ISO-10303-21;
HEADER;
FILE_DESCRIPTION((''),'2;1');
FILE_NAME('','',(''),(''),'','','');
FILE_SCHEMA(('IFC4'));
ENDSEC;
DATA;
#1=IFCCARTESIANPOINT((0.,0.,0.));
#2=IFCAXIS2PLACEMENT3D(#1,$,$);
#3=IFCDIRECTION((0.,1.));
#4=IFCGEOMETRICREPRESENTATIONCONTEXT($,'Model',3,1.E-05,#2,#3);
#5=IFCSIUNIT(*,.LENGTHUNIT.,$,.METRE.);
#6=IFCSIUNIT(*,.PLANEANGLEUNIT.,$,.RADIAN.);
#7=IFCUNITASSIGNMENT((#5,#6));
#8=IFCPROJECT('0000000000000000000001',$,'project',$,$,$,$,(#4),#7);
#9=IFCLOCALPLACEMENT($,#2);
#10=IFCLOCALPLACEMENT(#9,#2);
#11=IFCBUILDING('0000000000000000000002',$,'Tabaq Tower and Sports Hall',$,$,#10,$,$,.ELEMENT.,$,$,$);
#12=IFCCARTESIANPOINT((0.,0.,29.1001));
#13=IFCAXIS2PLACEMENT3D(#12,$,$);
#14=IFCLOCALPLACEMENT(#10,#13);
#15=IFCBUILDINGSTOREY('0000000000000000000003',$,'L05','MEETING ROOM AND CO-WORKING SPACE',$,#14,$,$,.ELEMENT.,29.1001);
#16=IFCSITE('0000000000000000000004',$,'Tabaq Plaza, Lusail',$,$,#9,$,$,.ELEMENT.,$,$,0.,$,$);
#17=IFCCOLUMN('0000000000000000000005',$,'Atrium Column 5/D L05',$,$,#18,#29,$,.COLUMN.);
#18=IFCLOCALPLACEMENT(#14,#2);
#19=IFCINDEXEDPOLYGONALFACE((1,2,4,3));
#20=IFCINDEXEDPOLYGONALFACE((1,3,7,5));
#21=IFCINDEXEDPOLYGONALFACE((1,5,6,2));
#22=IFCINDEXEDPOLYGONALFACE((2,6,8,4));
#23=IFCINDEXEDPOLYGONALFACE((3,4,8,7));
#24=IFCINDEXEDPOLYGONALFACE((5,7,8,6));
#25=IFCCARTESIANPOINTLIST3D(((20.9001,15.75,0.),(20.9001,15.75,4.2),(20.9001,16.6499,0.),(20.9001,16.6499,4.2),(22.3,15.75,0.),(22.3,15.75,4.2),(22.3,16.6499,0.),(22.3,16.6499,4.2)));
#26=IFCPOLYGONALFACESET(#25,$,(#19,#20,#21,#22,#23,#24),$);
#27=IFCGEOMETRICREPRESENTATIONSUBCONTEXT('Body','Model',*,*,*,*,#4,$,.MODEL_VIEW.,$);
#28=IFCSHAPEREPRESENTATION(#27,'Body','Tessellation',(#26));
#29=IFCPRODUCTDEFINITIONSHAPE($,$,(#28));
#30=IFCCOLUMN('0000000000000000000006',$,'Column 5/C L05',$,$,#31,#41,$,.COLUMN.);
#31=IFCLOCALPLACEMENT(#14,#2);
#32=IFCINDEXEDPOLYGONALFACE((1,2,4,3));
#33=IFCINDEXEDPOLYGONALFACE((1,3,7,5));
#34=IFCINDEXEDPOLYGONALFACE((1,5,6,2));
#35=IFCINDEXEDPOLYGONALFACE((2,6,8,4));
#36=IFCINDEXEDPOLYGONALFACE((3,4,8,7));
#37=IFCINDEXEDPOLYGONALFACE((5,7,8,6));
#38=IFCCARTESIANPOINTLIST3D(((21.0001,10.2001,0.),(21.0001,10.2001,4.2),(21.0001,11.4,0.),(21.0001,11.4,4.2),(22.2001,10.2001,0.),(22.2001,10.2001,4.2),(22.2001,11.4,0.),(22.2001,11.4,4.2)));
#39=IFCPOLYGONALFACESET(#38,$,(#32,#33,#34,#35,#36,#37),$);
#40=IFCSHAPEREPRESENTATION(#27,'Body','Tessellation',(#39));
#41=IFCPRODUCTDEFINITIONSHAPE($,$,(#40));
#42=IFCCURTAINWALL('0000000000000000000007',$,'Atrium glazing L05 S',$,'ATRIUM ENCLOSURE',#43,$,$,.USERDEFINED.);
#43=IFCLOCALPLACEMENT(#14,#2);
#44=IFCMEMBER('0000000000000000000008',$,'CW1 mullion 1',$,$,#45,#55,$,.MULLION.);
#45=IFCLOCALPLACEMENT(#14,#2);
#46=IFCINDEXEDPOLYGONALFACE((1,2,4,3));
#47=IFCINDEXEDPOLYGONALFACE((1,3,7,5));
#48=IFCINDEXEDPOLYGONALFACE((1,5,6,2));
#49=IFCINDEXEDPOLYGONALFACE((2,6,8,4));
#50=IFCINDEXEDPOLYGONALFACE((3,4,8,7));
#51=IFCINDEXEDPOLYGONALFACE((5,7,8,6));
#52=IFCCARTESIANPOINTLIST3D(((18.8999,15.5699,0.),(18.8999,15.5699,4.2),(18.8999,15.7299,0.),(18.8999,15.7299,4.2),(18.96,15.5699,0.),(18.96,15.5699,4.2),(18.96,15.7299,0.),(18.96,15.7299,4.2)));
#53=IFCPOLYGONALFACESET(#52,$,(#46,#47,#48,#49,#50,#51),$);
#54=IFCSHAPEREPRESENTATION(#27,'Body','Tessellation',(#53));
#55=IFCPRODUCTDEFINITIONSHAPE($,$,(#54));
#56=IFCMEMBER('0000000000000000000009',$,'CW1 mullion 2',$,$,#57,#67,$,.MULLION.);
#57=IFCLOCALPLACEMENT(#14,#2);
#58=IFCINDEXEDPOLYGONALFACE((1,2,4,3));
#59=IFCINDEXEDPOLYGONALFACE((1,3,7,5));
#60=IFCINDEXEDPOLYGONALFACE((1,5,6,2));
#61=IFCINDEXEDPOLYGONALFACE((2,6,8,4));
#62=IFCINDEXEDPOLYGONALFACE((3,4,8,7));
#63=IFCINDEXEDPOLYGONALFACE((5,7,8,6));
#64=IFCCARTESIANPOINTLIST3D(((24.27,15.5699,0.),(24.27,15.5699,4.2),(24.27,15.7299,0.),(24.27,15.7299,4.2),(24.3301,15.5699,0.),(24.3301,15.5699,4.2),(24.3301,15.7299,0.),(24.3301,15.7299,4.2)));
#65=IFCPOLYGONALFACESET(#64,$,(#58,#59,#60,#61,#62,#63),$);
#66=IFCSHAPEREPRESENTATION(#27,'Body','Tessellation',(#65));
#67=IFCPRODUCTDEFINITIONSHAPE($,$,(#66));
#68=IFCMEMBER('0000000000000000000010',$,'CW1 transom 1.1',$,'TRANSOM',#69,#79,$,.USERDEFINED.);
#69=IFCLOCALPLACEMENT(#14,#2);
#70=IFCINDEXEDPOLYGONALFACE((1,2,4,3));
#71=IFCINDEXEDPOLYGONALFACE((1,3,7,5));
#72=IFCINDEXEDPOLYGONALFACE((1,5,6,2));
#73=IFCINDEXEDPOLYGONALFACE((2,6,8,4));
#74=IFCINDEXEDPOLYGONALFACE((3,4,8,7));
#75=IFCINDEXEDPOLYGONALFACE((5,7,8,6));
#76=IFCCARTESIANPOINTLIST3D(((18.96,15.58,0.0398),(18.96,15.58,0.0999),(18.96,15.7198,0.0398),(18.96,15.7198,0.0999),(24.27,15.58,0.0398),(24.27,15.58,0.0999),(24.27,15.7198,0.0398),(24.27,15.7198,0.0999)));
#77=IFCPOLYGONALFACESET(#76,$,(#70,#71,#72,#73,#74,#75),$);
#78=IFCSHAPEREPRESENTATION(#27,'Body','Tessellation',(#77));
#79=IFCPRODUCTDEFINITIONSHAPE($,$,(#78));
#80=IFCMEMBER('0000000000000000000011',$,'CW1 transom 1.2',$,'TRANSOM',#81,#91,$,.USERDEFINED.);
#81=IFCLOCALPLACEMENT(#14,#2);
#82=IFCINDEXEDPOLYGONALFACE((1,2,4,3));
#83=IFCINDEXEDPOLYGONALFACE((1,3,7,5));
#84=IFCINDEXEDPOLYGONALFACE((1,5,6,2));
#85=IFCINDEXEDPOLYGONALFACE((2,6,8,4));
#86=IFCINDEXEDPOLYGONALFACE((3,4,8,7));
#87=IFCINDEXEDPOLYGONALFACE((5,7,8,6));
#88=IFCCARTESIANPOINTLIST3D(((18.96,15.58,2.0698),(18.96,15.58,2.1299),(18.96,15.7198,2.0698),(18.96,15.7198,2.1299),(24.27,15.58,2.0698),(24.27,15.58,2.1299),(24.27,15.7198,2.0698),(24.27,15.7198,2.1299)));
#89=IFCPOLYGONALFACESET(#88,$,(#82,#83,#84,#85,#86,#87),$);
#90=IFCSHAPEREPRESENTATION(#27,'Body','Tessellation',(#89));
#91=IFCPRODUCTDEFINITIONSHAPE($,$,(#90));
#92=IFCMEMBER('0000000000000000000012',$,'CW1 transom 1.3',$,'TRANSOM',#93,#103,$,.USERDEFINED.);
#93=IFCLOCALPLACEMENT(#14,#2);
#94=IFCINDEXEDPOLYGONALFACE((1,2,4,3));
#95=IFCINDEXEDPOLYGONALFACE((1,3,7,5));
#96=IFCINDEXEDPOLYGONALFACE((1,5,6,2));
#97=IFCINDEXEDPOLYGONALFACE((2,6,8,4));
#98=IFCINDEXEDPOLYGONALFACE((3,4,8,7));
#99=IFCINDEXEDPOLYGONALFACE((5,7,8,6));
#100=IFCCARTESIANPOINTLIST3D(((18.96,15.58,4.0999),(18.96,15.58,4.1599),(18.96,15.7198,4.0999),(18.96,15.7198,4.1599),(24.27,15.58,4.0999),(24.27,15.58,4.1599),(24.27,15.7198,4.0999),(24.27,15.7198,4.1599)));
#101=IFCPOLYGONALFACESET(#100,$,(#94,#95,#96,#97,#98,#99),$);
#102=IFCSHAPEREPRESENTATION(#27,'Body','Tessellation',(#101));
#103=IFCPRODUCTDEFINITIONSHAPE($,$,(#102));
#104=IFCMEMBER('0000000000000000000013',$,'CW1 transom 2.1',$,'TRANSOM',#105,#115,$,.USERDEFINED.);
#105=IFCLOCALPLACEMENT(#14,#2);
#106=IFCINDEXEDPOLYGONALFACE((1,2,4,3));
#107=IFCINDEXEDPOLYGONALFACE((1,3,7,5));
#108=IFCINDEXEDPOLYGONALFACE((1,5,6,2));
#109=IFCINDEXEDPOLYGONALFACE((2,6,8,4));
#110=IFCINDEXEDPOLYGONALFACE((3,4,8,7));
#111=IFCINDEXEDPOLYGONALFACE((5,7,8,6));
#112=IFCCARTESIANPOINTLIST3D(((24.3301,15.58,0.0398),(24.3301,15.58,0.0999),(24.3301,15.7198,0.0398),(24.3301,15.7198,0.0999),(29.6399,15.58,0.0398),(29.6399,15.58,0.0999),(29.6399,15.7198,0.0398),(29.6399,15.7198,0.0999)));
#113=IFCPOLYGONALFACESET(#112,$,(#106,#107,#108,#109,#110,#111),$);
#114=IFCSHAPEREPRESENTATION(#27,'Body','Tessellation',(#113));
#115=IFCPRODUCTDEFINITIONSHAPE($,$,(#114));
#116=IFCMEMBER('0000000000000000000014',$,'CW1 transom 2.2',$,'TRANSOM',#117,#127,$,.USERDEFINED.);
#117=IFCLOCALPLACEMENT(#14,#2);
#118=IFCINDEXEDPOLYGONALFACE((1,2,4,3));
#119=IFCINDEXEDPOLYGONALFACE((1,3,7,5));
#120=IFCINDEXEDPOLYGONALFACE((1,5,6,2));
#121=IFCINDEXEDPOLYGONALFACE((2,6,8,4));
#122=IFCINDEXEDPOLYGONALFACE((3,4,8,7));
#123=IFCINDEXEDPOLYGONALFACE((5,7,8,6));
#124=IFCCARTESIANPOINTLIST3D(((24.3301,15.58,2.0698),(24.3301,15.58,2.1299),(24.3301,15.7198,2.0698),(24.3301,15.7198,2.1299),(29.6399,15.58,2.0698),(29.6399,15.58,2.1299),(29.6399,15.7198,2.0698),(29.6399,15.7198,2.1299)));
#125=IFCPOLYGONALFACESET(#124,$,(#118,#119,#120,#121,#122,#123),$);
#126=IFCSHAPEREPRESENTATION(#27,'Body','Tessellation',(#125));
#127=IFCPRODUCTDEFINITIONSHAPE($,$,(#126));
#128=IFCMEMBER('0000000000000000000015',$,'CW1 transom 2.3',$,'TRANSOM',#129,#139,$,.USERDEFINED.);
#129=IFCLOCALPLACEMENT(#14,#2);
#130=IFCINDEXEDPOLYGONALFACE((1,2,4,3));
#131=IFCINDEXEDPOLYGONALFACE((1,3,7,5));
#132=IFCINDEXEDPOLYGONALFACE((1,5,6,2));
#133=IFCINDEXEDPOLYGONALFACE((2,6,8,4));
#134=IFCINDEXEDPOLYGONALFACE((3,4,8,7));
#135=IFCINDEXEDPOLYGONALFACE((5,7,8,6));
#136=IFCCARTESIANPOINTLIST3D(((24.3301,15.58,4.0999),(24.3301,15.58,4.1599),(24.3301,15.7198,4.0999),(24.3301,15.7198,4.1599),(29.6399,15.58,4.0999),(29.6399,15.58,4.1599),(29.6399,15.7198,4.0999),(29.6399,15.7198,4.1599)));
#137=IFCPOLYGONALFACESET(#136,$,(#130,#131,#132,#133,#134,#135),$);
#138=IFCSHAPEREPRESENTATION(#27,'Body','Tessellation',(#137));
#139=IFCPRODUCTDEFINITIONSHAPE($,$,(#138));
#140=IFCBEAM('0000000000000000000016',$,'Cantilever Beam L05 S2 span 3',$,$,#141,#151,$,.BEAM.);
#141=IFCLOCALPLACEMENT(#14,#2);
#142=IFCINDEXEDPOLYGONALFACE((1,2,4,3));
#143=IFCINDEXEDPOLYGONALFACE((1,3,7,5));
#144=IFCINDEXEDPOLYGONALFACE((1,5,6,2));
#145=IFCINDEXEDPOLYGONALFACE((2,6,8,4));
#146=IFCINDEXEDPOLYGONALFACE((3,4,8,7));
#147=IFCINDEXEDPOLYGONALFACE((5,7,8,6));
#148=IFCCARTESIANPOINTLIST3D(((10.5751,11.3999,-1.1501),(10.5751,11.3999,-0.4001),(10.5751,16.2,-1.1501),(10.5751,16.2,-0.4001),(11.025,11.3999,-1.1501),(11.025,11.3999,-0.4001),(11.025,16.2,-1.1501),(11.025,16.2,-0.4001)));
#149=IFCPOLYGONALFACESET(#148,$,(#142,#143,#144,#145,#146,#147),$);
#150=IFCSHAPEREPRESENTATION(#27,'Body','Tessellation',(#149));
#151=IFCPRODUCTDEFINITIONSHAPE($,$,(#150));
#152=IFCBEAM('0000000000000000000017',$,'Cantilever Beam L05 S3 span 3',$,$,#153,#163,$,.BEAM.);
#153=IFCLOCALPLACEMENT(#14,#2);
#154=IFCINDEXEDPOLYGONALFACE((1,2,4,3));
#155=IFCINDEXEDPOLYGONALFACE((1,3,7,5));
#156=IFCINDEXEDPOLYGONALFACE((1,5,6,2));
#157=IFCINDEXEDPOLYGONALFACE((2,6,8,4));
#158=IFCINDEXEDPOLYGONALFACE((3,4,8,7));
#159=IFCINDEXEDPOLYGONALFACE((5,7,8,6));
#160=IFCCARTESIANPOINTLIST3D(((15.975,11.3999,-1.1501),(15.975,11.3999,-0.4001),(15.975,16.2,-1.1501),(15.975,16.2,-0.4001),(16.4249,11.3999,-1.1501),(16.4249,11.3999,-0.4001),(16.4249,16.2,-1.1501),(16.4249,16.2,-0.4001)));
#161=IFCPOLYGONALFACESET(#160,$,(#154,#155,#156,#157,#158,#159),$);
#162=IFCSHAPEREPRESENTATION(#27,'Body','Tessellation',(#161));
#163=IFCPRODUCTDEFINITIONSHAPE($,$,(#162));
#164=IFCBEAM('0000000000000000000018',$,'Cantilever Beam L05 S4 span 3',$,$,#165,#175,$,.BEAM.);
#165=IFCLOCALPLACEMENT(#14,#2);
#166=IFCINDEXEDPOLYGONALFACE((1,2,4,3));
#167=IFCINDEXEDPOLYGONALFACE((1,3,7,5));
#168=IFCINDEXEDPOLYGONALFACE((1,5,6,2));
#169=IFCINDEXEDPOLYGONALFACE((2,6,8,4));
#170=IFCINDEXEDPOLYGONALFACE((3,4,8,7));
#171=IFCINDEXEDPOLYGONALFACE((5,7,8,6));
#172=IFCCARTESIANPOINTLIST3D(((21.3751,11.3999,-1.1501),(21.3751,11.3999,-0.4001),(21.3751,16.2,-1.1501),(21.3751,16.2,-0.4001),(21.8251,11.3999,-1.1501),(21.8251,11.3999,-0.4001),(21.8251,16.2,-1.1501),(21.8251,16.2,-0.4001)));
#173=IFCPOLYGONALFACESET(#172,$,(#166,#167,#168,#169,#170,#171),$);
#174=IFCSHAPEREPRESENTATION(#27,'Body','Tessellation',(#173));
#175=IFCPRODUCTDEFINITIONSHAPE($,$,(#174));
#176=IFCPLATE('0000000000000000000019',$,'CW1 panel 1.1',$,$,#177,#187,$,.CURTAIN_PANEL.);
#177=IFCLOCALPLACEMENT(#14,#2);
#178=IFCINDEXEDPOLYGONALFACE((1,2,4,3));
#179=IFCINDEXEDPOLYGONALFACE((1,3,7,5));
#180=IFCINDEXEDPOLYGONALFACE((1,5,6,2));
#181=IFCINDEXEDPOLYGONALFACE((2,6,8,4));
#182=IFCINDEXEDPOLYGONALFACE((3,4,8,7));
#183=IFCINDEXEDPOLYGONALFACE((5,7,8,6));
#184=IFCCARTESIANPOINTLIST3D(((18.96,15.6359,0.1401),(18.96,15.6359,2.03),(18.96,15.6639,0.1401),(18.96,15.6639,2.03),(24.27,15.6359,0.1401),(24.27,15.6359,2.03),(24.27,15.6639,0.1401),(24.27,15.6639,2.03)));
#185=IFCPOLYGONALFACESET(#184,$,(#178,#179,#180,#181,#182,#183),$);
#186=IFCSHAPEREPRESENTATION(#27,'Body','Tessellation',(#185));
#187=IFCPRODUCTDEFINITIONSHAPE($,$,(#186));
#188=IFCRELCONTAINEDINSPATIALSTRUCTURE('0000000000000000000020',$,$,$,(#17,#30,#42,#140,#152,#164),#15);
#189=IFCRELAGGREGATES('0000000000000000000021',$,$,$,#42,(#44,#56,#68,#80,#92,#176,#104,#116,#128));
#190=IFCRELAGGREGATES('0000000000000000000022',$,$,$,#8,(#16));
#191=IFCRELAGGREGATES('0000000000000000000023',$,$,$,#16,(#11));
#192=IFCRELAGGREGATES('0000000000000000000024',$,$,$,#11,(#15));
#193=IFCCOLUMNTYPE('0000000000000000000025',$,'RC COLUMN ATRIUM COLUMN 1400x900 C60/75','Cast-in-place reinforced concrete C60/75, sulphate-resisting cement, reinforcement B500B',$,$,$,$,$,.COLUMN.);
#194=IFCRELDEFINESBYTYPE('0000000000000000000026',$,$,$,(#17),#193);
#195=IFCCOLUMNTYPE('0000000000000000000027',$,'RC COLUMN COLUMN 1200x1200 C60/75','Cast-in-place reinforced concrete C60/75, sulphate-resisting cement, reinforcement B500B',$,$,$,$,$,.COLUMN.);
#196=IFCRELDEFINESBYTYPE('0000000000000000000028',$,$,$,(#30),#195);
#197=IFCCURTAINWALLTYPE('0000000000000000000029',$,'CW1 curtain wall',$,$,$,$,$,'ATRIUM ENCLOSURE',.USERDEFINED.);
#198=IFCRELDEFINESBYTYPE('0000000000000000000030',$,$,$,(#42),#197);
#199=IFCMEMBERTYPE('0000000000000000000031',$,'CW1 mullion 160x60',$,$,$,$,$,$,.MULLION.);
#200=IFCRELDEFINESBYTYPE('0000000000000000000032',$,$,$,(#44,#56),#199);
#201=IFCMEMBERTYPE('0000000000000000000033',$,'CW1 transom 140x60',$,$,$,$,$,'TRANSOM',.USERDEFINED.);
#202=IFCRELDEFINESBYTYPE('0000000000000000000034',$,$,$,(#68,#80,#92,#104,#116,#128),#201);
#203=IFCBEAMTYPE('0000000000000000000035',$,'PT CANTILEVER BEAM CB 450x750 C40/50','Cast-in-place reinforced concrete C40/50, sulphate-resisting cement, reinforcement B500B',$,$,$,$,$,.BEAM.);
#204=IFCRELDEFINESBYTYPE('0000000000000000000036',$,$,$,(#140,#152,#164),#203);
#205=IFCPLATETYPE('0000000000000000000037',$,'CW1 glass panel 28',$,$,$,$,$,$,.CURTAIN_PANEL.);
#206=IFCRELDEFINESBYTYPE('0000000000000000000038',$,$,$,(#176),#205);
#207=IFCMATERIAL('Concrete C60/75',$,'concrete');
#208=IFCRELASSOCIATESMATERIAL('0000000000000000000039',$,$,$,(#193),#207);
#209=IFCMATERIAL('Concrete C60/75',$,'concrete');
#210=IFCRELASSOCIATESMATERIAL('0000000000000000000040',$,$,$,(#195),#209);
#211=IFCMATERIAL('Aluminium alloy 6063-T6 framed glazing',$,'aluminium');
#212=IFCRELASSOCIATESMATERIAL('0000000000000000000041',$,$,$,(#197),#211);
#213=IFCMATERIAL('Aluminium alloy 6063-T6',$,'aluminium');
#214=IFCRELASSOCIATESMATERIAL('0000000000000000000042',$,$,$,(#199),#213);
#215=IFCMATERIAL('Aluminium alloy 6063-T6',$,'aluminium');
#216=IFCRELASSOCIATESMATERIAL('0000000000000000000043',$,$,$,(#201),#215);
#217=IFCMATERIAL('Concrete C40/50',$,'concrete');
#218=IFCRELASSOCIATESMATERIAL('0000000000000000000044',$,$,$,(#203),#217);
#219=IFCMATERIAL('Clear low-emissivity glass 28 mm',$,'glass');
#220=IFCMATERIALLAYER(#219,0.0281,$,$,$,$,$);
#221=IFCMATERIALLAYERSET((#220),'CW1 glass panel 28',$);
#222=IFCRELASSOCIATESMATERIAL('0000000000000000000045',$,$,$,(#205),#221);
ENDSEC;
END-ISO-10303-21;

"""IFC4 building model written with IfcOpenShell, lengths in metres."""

from ifc_helpers import new_model, si_unit, direction, frame, origin, origin_2d, place, context, subcontext, project, spatial, rectangle, extrude, material, layer, layer_set, material_profile, profile_set, type_object, element, aggregate, save


model = new_model("IFC4")

# Units and contexts
model_context = context("Model", 3, precision=1e-05, world=origin(), true_north=direction((0.0, 1.0)))
body_context = subcontext(model_context, "Body", "Model", "MODEL_VIEW")
ifc_project = project(units=[si_unit("LENGTHUNIT", "METRE"), si_unit("PLANEANGLEUNIT", "RADIAN")], contexts=[model_context])

# Site, building, storey
site_placement = place(None, origin())
site = spatial("IfcSite", under=ifc_project, at=site_placement, Name="Tabaq Plaza, Lusail", CompositionType="ELEMENT", RefElevation=0.0)
building_placement = place(site_placement, origin())
building = spatial("IfcBuilding", under=site, at=building_placement, Name="Tabaq Tower and Sports Hall", CompositionType="ELEMENT")
storey_placement = place(building_placement, frame((0.0, 0.0, 29.1001)))
storey = spatial("IfcBuildingStorey", under=building, at=storey_placement, Name="L05", Description="MEETING ROOM AND CO-WORKING SPACE", CompositionType="ELEMENT", Elevation=29.1001)

# Columns
ifc_material_1 = material(Name="Concrete C60/75", Category="concrete")
ifc_material_profile_1 = material_profile(ifc_material_1, rectangle(XDim=1.3999, YDim=0.8999, at=origin_2d()), Name="ATRIUM COLUMN 1400x900")
ifc_profile_set_1 = profile_set([ifc_material_profile_1], Name="Concrete C60/75")
column_type_1 = type_object("IfcColumnType", Name="RC COLUMN ATRIUM COLUMN 1400x900 C60/75", Description="Cast-in-place reinforced concrete C60/75, sulphate-resisting cement, reinforcement B500B", PredefinedType="COLUMN", material=ifc_profile_set_1)
column_1_placement = place(storey_placement, frame((21.6001, 16.2, 0.0), z_axis=(0.0, 0.0, 1.0), x_axis=(1.0, 0.0, 0.0)))
element("IfcColumn", 1, at=column_1_placement, inside=storey, type_object=column_type_1, Name="Atrium Column 5/D L05", PredefinedType="COLUMN", context=body_context, shape_type="SweptSolid", body=[
    extrude(rectangle(XDim=1.3999, YDim=0.8999, at=origin_2d()), origin(), (0.0, 0.0, 1.0), 4.2),
])
ifc_material_2 = material(Name="Concrete C60/75", Category="concrete")
ifc_material_profile_2 = material_profile(ifc_material_2, rectangle(XDim=1.2, YDim=1.2, at=origin_2d()), Name="COLUMN 1200x1200")
ifc_profile_set_2 = profile_set([ifc_material_profile_2], Name="Concrete C60/75")
column_type_2 = type_object("IfcColumnType", Name="RC COLUMN COLUMN 1200x1200 C60/75", Description="Cast-in-place reinforced concrete C60/75, sulphate-resisting cement, reinforcement B500B", PredefinedType="COLUMN", material=ifc_profile_set_2)
column_2_placement = place(storey_placement, frame((21.6001, 10.8, 0.0), z_axis=(0.0, 0.0, 1.0), x_axis=(1.0, 0.0, 0.0)))
element("IfcColumn", 2, at=column_2_placement, inside=storey, type_object=column_type_2, Name="Column 5/C L05", PredefinedType="COLUMN", context=body_context, shape_type="SweptSolid", body=[
    extrude(rectangle(XDim=1.2, YDim=1.2, at=origin_2d()), origin(), (0.0, 0.0, 1.0), 4.2),
])

# Curtain wall, members
ifc_material_3 = material(Name="Aluminium alloy 6063-T6 framed glazing", Category="aluminium")
curtain_wall_type = type_object("IfcCurtainWallType", Name="CW1 curtain wall", ElementType="ATRIUM ENCLOSURE", PredefinedType="USERDEFINED", material=ifc_material_3)
curtain_wall_placement = place(storey_placement, origin())
curtain_wall = element("IfcCurtainWall", 3, at=curtain_wall_placement, inside=storey, type_object=curtain_wall_type, Name="Atrium glazing L05 S", ObjectType="ATRIUM ENCLOSURE", PredefinedType="USERDEFINED")
ifc_material_4 = material(Name="Aluminium alloy 6063-T6", Category="aluminium")
ifc_material_profile_3 = material_profile(ifc_material_4, rectangle(XDim=0.1599, YDim=0.0601, at=origin_2d()), Name="MULLION 160x60")
ifc_profile_set_3 = profile_set([ifc_material_profile_3], Name="Aluminium alloy 6063-T6")
member_type_1 = type_object("IfcMemberType", Name="CW1 mullion 160x60", PredefinedType="MULLION", material=ifc_profile_set_3)
member_1_placement = place(storey_placement, frame((18.9299, 15.6499, 0.0), z_axis=(0.0, 0.0, 1.0), x_axis=(0.0, 1.0, 0.0)))
member_1 = element("IfcMember", 4, at=member_1_placement, type_object=member_type_1, Name="CW1 mullion 1", PredefinedType="MULLION", context=body_context, shape_type="SweptSolid", body=[
    extrude(rectangle(XDim=0.1599, YDim=0.0601, at=origin_2d()), origin(), (0.0, 0.0, 1.0), 4.2),
])
member_2_placement = place(storey_placement, frame((24.3, 15.6499, 0.0), z_axis=(0.0, 0.0, 1.0), x_axis=(0.0, 1.0, 0.0)))
member_2 = element("IfcMember", 5, at=member_2_placement, type_object=member_type_1, Name="CW1 mullion 2", PredefinedType="MULLION", context=body_context, shape_type="SweptSolid", body=[
    extrude(rectangle(XDim=0.1599, YDim=0.0601, at=origin_2d()), origin(), (0.0, 0.0, 1.0), 4.2),
])
ifc_material_5 = material(Name="Aluminium alloy 6063-T6", Category="aluminium")
ifc_material_profile_4 = material_profile(ifc_material_5, rectangle(XDim=0.1399, YDim=0.0601, at=origin_2d()), Name="TRANSOM 140x60")
ifc_profile_set_4 = profile_set([ifc_material_profile_4], Name="Aluminium alloy 6063-T6")
member_type_2 = type_object("IfcMemberType", Name="CW1 transom 140x60", ElementType="TRANSOM", PredefinedType="USERDEFINED", material=ifc_profile_set_4)
member_3_placement = place(storey_placement, frame((18.96, 15.6499, 0.0698), z_axis=(1.0, 0.0, 0.0), x_axis=(0.0, 1.0, 0.0)))
member_3 = element("IfcMember", 6, at=member_3_placement, type_object=member_type_2, Name="CW1 transom 1.1", ObjectType="TRANSOM", PredefinedType="USERDEFINED", context=body_context, shape_type="SweptSolid", body=[
    extrude(rectangle(XDim=0.1399, YDim=0.0601, at=origin_2d()), origin(), (0.0, 0.0, 1.0), 5.3101),
])
member_4_placement = place(storey_placement, frame((18.96, 15.6499, 2.0999), z_axis=(1.0, 0.0, 0.0), x_axis=(0.0, 1.0, 0.0)))
member_4 = element("IfcMember", 7, at=member_4_placement, type_object=member_type_2, Name="CW1 transom 1.2", ObjectType="TRANSOM", PredefinedType="USERDEFINED", context=body_context, shape_type="SweptSolid", body=[
    extrude(rectangle(XDim=0.1399, YDim=0.0601, at=origin_2d()), origin(), (0.0, 0.0, 1.0), 5.3101),
])
member_5_placement = place(storey_placement, frame((18.96, 15.6499, 4.1299), z_axis=(1.0, 0.0, 0.0), x_axis=(0.0, 1.0, 0.0)))
member_5 = element("IfcMember", 8, at=member_5_placement, type_object=member_type_2, Name="CW1 transom 1.3", ObjectType="TRANSOM", PredefinedType="USERDEFINED", context=body_context, shape_type="SweptSolid", body=[
    extrude(rectangle(XDim=0.1399, YDim=0.0601, at=origin_2d()), origin(), (0.0, 0.0, 1.0), 5.3101),
])
member_6_placement = place(storey_placement, frame((24.3301, 15.6499, 0.0698), z_axis=(1.0, 0.0, 0.0), x_axis=(0.0, 1.0, 0.0)))
member_6 = element("IfcMember", 9, at=member_6_placement, type_object=member_type_2, Name="CW1 transom 2.1", ObjectType="TRANSOM", PredefinedType="USERDEFINED", context=body_context, shape_type="SweptSolid", body=[
    extrude(rectangle(XDim=0.1399, YDim=0.0601, at=origin_2d()), origin(), (0.0, 0.0, 1.0), 5.3098),
])
member_7_placement = place(storey_placement, frame((24.3301, 15.6499, 2.0999), z_axis=(1.0, 0.0, 0.0), x_axis=(0.0, 1.0, 0.0)))
member_7 = element("IfcMember", 10, at=member_7_placement, type_object=member_type_2, Name="CW1 transom 2.2", ObjectType="TRANSOM", PredefinedType="USERDEFINED", context=body_context, shape_type="SweptSolid", body=[
    extrude(rectangle(XDim=0.1399, YDim=0.0601, at=origin_2d()), origin(), (0.0, 0.0, 1.0), 5.3098),
])
member_8_placement = place(storey_placement, frame((24.3301, 15.6499, 4.1299), z_axis=(1.0, 0.0, 0.0), x_axis=(0.0, 1.0, 0.0)))
member_8 = element("IfcMember", 11, at=member_8_placement, type_object=member_type_2, Name="CW1 transom 2.3", ObjectType="TRANSOM", PredefinedType="USERDEFINED", context=body_context, shape_type="SweptSolid", body=[
    extrude(rectangle(XDim=0.1399, YDim=0.0601, at=origin_2d()), origin(), (0.0, 0.0, 1.0), 5.3098),
])

# Beams
ifc_material_6 = material(Name="Concrete C40/50", Category="concrete")
ifc_material_profile_5 = material_profile(ifc_material_6, rectangle(XDim=0.45, YDim=0.75, at=origin_2d()), Name="CB 450x750")
ifc_profile_set_5 = profile_set([ifc_material_profile_5], Name="Concrete C40/50")
beam_type = type_object("IfcBeamType", Name="PT CANTILEVER BEAM CB 450x750 C40/50", Description="Cast-in-place reinforced concrete C40/50, sulphate-resisting cement, reinforcement B500B", PredefinedType="BEAM", material=ifc_profile_set_5)
for number, where, z_axis, x_axis, name in (
    (12, (10.8, 11.3999, -0.7751), (0.0, 1.0, 0.0), (-1.0, 0.0, 0.0), "Cantilever Beam L05 S2 span 3"),
    (13, (16.2, 11.3999, -0.7751), (0.0, 1.0, 0.0), (-1.0, 0.0, 0.0), "Cantilever Beam L05 S3 span 3"),
    (14, (21.6001, 11.3999, -0.7751), (0.0, 1.0, 0.0), (-1.0, 0.0, 0.0), "Cantilever Beam L05 S4 span 3"),
):
    element("IfcBeam", number, at=place(storey_placement, frame(where, z_axis=z_axis, x_axis=x_axis)), inside=storey, type_object=beam_type, Name=name, PredefinedType="BEAM", context=body_context, shape_type="SweptSolid", body=[
        extrude(rectangle(XDim=0.45, YDim=0.75, at=origin_2d()), origin(), (0.0, 0.0, 1.0), 4.8),
    ])

# Plate
ifc_material_7 = material(Name="Clear low-emissivity glass 28 mm", Category="glass")
ifc_layer_1 = layer(ifc_material_7, 0.0281)
ifc_layer_set_1 = layer_set([ifc_layer_1], Name="CW1 glass panel 28")
plate_type = type_object("IfcPlateType", Name="CW1 glass panel 28", PredefinedType="CURTAIN_PANEL", material=ifc_layer_set_1)
plate_1_placement = place(storey_placement, frame((21.615, 15.6499, 0.1401), z_axis=(0.0, 0.0, 1.0), x_axis=(1.0, 0.0, 0.0)))
plate_1 = element("IfcPlate", 15, at=plate_1_placement, type_object=plate_type, Name="CW1 panel 1.1", PredefinedType="CURTAIN_PANEL", context=body_context, shape_type="SweptSolid", body=[
    extrude(rectangle(XDim=5.3101, YDim=0.0281, at=origin_2d()), origin(), (0.0, 0.0, 1.0), 1.8899),
])
aggregate(curtain_wall, [member_1, member_2, member_3, member_4, member_5, plate_1, member_6, member_7, member_8])

save(model, "model.ifc")
